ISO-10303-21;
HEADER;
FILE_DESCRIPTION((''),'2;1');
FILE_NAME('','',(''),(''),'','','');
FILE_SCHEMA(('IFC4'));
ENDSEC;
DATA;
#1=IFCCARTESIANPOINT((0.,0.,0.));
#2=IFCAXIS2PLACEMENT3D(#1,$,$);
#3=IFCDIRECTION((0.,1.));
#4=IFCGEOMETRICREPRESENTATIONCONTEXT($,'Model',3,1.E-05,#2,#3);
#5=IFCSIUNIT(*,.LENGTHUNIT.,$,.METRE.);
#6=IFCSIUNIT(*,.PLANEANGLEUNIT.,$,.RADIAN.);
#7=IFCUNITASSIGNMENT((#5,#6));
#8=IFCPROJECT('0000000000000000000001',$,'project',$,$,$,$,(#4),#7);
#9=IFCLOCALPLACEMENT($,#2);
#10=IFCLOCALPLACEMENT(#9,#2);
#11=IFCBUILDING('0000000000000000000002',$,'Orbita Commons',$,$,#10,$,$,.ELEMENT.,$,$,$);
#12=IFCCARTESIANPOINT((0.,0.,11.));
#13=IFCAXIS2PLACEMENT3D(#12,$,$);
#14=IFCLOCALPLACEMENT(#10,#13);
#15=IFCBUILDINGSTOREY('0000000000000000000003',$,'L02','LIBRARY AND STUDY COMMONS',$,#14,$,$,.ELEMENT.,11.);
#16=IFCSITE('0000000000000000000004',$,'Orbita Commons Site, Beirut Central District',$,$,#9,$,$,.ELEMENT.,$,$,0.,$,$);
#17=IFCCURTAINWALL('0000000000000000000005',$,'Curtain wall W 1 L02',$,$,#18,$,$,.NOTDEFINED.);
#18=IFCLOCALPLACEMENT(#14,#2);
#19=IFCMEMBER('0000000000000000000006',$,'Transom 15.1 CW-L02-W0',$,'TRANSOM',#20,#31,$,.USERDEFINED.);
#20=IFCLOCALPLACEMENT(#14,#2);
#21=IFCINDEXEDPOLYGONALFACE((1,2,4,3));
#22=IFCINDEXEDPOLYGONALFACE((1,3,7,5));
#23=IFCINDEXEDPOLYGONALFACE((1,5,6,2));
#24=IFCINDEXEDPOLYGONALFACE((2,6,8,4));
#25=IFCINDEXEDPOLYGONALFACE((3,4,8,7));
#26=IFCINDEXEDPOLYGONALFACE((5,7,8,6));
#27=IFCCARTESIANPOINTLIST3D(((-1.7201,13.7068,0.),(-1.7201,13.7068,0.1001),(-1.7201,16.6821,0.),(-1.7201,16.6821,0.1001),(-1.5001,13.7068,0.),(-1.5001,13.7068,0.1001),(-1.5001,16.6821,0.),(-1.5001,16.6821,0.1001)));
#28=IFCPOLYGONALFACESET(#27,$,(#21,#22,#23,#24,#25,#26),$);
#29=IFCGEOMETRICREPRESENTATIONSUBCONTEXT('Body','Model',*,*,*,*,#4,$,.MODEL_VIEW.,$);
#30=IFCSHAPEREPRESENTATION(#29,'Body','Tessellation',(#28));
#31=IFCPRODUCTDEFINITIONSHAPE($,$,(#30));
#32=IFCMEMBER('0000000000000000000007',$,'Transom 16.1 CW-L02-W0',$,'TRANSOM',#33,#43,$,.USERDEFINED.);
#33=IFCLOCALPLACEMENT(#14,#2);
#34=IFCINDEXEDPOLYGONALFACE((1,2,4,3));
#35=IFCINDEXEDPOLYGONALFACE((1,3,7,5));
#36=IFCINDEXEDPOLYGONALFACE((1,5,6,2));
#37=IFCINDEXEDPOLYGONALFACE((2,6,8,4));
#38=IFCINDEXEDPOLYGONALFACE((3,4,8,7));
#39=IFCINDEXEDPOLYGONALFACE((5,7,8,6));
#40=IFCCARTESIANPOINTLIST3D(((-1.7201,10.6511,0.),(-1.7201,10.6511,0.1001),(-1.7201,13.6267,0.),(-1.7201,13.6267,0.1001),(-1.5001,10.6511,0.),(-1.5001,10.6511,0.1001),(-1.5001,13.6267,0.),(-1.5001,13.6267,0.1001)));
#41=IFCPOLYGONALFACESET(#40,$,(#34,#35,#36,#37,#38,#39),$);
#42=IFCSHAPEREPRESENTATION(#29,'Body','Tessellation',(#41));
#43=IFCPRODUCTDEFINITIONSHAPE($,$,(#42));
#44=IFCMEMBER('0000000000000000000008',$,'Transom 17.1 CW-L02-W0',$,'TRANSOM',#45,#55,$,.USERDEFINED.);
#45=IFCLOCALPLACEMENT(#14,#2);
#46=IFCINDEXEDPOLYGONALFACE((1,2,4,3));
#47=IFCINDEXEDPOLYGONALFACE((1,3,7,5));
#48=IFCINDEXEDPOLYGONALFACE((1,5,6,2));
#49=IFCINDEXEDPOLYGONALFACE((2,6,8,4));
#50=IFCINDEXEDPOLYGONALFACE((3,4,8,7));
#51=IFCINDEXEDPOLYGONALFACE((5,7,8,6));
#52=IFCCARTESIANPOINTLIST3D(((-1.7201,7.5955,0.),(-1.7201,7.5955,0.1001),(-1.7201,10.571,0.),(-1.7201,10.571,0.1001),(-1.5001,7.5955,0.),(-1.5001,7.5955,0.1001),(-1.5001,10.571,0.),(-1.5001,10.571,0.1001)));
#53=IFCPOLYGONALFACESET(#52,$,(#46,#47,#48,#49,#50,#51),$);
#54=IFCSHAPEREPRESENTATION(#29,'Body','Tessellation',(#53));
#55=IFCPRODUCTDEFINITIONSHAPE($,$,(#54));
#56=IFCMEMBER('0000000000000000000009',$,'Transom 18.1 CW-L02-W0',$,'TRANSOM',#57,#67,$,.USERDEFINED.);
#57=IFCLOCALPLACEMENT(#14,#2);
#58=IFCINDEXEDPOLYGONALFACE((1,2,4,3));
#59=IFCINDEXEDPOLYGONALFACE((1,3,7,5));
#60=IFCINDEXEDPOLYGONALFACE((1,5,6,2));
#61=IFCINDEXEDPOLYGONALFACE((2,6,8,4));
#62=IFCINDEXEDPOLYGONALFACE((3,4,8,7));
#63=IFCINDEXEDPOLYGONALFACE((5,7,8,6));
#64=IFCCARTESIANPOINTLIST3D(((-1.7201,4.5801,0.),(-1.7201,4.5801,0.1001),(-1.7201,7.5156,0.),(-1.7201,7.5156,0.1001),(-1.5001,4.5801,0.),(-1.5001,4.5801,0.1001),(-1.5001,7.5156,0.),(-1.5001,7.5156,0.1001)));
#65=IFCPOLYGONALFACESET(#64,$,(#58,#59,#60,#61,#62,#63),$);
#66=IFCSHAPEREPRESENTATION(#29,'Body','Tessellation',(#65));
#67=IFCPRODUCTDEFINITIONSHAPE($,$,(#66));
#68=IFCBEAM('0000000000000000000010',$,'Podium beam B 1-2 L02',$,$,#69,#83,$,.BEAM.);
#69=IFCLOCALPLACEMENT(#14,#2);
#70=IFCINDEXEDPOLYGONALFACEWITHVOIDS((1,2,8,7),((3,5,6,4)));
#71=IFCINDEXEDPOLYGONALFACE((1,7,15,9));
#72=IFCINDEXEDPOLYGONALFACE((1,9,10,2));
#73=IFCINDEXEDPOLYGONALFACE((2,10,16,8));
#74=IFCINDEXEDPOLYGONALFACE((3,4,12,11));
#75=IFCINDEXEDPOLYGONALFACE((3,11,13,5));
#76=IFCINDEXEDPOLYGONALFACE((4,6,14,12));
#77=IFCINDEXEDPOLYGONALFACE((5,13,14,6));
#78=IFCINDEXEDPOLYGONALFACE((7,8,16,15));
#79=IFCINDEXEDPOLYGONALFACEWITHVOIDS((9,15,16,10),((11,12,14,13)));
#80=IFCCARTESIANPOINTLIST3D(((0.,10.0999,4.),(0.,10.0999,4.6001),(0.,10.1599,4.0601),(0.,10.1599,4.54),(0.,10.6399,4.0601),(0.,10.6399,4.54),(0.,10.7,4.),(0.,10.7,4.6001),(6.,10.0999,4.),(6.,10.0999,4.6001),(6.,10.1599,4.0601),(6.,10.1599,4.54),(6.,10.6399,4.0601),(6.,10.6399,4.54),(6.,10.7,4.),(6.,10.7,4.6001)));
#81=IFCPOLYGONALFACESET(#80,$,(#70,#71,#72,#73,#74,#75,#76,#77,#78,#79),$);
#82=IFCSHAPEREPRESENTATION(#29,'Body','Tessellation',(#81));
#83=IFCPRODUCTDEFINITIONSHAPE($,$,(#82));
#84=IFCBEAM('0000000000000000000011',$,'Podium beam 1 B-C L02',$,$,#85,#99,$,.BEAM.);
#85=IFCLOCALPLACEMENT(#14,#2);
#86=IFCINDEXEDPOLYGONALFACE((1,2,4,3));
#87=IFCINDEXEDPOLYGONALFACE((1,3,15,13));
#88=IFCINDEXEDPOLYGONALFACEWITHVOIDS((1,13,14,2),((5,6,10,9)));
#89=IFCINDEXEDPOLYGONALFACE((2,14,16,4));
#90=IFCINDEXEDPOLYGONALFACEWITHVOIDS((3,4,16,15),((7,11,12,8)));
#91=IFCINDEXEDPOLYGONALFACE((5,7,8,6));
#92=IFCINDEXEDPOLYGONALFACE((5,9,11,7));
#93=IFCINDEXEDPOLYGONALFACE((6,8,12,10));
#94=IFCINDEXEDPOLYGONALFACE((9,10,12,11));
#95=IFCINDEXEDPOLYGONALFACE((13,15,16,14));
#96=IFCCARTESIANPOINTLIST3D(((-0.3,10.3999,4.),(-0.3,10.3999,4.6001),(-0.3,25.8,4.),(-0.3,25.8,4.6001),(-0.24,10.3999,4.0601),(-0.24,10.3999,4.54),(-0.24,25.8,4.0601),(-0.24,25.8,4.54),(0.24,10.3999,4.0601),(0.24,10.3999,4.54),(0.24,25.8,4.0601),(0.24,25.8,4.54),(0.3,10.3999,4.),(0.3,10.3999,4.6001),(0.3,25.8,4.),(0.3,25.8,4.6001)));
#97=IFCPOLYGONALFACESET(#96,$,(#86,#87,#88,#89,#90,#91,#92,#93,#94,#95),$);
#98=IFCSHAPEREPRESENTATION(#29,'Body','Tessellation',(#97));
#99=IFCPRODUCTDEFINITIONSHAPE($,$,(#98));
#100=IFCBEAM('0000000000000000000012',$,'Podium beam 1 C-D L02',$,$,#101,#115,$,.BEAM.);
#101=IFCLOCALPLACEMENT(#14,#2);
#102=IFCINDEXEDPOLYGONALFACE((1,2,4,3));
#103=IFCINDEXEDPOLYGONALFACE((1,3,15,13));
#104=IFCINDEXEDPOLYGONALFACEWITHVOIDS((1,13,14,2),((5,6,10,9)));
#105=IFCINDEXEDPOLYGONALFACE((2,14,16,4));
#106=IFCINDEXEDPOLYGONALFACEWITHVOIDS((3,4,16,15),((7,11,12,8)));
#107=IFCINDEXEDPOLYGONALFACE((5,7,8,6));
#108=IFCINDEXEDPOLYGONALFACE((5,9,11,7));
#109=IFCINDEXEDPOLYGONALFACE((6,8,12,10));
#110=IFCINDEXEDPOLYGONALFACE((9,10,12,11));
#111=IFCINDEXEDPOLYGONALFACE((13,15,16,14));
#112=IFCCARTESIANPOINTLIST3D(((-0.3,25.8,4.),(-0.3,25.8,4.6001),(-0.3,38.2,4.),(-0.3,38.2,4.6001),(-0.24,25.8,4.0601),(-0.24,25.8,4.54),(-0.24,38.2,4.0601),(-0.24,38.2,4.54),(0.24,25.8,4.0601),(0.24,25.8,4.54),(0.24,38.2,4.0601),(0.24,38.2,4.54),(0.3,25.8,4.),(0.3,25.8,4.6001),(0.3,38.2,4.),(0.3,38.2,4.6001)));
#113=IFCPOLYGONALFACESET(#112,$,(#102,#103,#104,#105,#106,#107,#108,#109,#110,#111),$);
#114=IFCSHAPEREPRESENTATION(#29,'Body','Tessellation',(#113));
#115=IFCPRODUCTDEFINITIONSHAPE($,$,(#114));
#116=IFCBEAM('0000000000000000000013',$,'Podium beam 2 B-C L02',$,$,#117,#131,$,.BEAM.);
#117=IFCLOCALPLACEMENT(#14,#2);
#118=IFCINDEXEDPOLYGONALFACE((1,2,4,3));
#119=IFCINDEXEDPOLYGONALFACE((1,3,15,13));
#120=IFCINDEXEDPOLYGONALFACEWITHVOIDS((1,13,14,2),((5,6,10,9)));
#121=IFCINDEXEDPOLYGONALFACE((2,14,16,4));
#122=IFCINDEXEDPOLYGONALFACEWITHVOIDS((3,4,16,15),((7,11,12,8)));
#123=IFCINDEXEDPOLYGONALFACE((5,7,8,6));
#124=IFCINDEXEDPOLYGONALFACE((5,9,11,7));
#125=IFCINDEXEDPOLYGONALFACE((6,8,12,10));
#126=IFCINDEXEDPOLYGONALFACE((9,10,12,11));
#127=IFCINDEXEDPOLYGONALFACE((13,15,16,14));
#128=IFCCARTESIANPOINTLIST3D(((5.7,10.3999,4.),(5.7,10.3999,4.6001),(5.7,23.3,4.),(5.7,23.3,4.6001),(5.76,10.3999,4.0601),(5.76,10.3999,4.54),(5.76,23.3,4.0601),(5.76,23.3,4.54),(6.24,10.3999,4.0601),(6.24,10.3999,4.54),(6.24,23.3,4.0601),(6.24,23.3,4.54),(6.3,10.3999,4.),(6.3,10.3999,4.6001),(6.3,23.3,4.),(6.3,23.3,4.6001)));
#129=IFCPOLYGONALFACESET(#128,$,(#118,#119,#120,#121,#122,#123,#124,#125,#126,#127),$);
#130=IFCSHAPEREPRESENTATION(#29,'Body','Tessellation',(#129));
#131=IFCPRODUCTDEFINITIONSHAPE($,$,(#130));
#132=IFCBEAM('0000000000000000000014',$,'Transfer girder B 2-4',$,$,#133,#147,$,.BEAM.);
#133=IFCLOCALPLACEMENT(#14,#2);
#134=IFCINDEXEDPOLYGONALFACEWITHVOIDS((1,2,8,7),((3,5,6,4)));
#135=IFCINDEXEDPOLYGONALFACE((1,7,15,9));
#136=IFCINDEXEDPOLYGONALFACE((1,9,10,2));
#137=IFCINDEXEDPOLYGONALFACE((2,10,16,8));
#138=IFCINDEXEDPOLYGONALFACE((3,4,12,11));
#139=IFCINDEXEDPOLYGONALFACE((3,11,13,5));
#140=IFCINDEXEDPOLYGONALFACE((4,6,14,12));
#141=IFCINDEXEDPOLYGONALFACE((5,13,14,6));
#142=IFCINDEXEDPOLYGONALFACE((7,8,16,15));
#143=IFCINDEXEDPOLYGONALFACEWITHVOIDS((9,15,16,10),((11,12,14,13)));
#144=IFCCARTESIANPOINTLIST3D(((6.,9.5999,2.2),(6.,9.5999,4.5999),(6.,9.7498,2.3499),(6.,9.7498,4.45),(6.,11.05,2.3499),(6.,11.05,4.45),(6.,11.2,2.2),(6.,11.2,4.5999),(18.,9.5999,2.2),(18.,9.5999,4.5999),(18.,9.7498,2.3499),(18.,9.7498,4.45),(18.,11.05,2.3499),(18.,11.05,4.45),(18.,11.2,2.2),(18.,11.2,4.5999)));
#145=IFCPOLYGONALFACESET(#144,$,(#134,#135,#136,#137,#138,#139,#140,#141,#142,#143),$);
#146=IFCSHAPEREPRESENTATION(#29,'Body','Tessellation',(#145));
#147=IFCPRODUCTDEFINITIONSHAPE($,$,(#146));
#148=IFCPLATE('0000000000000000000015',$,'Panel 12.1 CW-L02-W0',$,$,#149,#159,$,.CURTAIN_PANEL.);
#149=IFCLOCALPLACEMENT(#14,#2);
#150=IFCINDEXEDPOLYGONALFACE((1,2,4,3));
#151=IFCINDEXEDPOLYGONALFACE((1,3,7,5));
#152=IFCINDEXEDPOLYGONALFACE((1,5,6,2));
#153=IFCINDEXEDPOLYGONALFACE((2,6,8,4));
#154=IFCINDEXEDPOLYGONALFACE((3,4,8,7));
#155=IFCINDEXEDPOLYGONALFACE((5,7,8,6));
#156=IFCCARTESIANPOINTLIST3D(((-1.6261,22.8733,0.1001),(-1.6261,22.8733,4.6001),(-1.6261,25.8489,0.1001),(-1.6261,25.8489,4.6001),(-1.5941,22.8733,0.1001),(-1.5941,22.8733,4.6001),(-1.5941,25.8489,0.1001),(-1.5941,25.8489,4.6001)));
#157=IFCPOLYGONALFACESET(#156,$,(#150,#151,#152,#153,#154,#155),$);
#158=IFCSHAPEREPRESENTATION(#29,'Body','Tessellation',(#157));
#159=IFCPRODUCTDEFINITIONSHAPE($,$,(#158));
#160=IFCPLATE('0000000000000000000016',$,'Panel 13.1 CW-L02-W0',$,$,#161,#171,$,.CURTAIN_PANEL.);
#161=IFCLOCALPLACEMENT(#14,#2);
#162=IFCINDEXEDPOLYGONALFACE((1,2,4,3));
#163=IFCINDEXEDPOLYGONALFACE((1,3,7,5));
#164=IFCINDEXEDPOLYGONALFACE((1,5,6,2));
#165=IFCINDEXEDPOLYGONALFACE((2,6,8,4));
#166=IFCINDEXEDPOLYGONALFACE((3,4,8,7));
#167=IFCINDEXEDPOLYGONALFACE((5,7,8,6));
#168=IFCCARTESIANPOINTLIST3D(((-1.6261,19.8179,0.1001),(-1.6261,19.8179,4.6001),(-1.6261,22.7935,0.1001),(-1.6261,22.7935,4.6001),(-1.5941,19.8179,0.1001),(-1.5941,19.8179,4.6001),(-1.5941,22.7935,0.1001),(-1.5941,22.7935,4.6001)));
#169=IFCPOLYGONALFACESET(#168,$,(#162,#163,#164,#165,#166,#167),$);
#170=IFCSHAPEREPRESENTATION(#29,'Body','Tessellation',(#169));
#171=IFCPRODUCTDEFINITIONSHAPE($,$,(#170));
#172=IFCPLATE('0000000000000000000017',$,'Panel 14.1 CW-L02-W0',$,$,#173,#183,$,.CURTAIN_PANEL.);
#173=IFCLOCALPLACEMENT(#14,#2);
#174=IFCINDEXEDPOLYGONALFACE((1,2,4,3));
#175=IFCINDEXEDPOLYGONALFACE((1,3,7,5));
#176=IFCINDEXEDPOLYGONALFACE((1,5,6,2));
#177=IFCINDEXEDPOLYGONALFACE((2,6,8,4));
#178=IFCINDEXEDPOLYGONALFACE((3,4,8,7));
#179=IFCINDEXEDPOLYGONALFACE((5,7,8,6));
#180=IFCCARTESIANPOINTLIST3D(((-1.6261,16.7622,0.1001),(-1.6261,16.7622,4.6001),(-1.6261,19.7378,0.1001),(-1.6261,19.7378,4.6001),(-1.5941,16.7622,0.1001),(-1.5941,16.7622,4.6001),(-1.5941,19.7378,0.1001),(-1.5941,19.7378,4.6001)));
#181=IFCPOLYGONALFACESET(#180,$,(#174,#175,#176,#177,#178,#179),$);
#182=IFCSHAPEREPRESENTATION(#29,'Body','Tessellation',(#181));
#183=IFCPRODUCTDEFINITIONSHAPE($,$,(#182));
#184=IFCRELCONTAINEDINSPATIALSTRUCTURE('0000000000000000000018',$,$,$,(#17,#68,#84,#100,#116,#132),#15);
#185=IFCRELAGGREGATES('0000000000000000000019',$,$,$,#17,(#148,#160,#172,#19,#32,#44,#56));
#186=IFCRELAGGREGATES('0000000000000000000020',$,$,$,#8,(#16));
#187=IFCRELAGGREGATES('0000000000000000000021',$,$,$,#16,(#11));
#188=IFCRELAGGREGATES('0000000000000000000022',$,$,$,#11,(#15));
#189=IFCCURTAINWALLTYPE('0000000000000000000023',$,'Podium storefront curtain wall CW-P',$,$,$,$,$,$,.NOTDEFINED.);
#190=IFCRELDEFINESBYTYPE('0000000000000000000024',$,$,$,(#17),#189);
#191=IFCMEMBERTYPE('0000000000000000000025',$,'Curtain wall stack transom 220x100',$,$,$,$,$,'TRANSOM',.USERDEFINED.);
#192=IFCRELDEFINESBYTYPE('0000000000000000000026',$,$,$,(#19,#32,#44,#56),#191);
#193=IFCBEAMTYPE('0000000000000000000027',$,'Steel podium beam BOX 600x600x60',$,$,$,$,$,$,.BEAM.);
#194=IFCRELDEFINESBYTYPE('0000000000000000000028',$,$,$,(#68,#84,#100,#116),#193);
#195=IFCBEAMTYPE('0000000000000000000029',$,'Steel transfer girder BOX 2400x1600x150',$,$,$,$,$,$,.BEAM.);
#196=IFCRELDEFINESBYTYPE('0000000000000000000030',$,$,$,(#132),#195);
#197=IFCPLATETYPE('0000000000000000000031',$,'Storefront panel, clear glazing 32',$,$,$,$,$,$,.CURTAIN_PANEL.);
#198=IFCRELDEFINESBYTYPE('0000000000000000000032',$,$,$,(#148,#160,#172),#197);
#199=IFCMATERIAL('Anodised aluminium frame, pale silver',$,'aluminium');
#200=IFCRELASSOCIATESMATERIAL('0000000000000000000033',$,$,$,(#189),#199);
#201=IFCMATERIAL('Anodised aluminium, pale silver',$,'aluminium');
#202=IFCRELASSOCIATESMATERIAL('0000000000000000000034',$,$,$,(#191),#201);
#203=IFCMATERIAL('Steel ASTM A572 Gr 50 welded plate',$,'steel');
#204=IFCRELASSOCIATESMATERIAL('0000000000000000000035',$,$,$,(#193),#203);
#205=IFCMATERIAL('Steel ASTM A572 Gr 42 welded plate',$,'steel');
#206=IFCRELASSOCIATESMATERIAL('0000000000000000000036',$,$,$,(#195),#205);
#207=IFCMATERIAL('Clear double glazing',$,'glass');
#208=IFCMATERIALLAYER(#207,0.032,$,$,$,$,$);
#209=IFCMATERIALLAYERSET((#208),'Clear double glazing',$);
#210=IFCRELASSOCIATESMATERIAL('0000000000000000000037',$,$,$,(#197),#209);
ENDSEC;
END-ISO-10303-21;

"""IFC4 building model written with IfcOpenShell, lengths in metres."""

from ifc_helpers import new_model, si_unit, direction, frame, origin, origin_2d, place, context, subcontext, project, spatial, rectangle, hollow_rectangle, extrude, material, layer, layer_set, material_profile, profile_set, type_object, element, aggregate, save


model = new_model("IFC4")

# Units and contexts
model_context = context("Model", 3, precision=1e-05, world=origin(), true_north=direction((0.0, 1.0)))
body_context = subcontext(model_context, "Body", "Model", "MODEL_VIEW")
ifc_project = project(units=[si_unit("LENGTHUNIT", "METRE"), si_unit("PLANEANGLEUNIT", "RADIAN")], contexts=[model_context])

# Site, building, storey
site_placement = place(None, origin())
site = spatial("IfcSite", under=ifc_project, at=site_placement, Name="Orbita Commons Site, Beirut Central District", CompositionType="ELEMENT", RefElevation=0.0)
building_placement = place(site_placement, origin())
building = spatial("IfcBuilding", under=site, at=building_placement, Name="Orbita Commons", CompositionType="ELEMENT")
storey_placement = place(building_placement, frame((0.0, 0.0, 11.0)))
storey = spatial("IfcBuildingStorey", under=building, at=storey_placement, Name="L02", Description="LIBRARY AND STUDY COMMONS", CompositionType="ELEMENT", Elevation=11.0)

# Curtain wall, members
ifc_material_1 = material(Name="Anodised aluminium frame, pale silver", Category="aluminium")
curtain_wall_type = type_object("IfcCurtainWallType", Name="Podium storefront curtain wall CW-P", PredefinedType="NOTDEFINED", material=ifc_material_1)
curtain_wall_placement = place(storey_placement, origin())
curtain_wall = element("IfcCurtainWall", 1, at=curtain_wall_placement, inside=storey, type_object=curtain_wall_type, Name="Curtain wall W 1 L02", PredefinedType="NOTDEFINED")
ifc_material_2 = material(Name="Anodised aluminium, pale silver", Category="aluminium")
ifc_material_profile_1 = material_profile(ifc_material_2, rectangle(XDim=0.22, YDim=0.1001, at=origin_2d()), Name="AL 220x100")
ifc_profile_set_1 = profile_set([ifc_material_profile_1], Name="Anodised aluminium, pale silver")
member_type_1 = type_object("IfcMemberType", Name="Curtain wall stack transom 220x100", ElementType="TRANSOM", PredefinedType="USERDEFINED", material=ifc_profile_set_1)
member_1_placement = place(storey_placement, frame((-1.6101, 16.6821, 0.05), z_axis=(0.0, -1.0, 0.0), x_axis=(1.0, 0.0, 0.0)))
member_1 = element("IfcMember", 2, at=member_1_placement, type_object=member_type_1, Name="Transom 15.1 CW-L02-W0", ObjectType="TRANSOM", PredefinedType="USERDEFINED", context=body_context, shape_type="SweptSolid", body=[
    extrude(rectangle(XDim=0.22, YDim=0.1001, at=origin_2d()), origin(), (0.0, 0.0, 1.0), 2.9753),
])
member_2_placement = place(storey_placement, frame((-1.6101, 13.6267, 0.05), z_axis=(0.0, -1.0, 0.0), x_axis=(1.0, 0.0, 0.0)))
member_2 = element("IfcMember", 3, at=member_2_placement, type_object=member_type_1, Name="Transom 16.1 CW-L02-W0", ObjectType="TRANSOM", PredefinedType="USERDEFINED", context=body_context, shape_type="SweptSolid", body=[
    extrude(rectangle(XDim=0.22, YDim=0.1001, at=origin_2d()), origin(), (0.0, 0.0, 1.0), 2.9756),
])
member_3_placement = place(storey_placement, frame((-1.6101, 10.571, 0.05), z_axis=(0.0, -1.0, 0.0), x_axis=(1.0, 0.0, 0.0)))
member_3 = element("IfcMember", 4, at=member_3_placement, type_object=member_type_1, Name="Transom 17.1 CW-L02-W0", ObjectType="TRANSOM", PredefinedType="USERDEFINED", context=body_context, shape_type="SweptSolid", body=[
    extrude(rectangle(XDim=0.22, YDim=0.1001, at=origin_2d()), origin(), (0.0, 0.0, 1.0), 2.9756),
])
member_4_placement = place(storey_placement, frame((-1.6101, 7.5156, 0.05), z_axis=(0.0, -1.0, 0.0), x_axis=(1.0, 0.0, 0.0)))
member_4 = element("IfcMember", 5, at=member_4_placement, type_object=member_type_1, Name="Transom 18.1 CW-L02-W0", ObjectType="TRANSOM", PredefinedType="USERDEFINED", context=body_context, shape_type="SweptSolid", body=[
    extrude(rectangle(XDim=0.22, YDim=0.1001, at=origin_2d()), origin(), (0.0, 0.0, 1.0), 2.9355),
])

# Beams
ifc_material_3 = material(Name="Steel ASTM A572 Gr 50 welded plate", Category="steel")
ifc_material_profile_2 = material_profile(ifc_material_3, hollow_rectangle(XDim=0.6001, YDim=0.6001, WallThickness=0.0601, at=origin_2d()), Name="BOX 600x600x60")
ifc_profile_set_2 = profile_set([ifc_material_profile_2], Name="Steel ASTM A572 Gr 50 welded plate")
beam_type_1 = type_object("IfcBeamType", Name="Steel podium beam BOX 600x600x60", PredefinedType="BEAM", material=ifc_profile_set_2)
beam_1_placement = place(storey_placement, frame((0.0, 10.3999, 4.3), z_axis=(1.0, 0.0, 0.0), x_axis=(0.0, 1.0, 0.0)))
element("IfcBeam", 6, at=beam_1_placement, inside=storey, type_object=beam_type_1, Name="Podium beam B 1-2 L02", PredefinedType="BEAM", context=body_context, shape_type="SweptSolid", body=[
    extrude(hollow_rectangle(XDim=0.6001, YDim=0.6001, WallThickness=0.0601, at=origin_2d()), origin(), (0.0, 0.0, 1.0), 6.0),
])
beam_2_placement = place(storey_placement, frame((0.0, 10.3999, 4.3), z_axis=(0.0, 1.0, 0.0), x_axis=(-1.0, 0.0, 0.0)))
element("IfcBeam", 7, at=beam_2_placement, inside=storey, type_object=beam_type_1, Name="Podium beam 1 B-C L02", PredefinedType="BEAM", context=body_context, shape_type="SweptSolid", body=[
    extrude(hollow_rectangle(XDim=0.6001, YDim=0.6001, WallThickness=0.0601, at=origin_2d()), origin(), (0.0, 0.0, 1.0), 15.4001),
])
beam_3_placement = place(storey_placement, frame((0.0, 25.8, 4.3), z_axis=(0.0, 1.0, 0.0), x_axis=(-1.0, 0.0, 0.0)))
element("IfcBeam", 8, at=beam_3_placement, inside=storey, type_object=beam_type_1, Name="Podium beam 1 C-D L02", PredefinedType="BEAM", context=body_context, shape_type="SweptSolid", body=[
    extrude(hollow_rectangle(XDim=0.6001, YDim=0.6001, WallThickness=0.0601, at=origin_2d()), origin(), (0.0, 0.0, 1.0), 12.3999),
])
beam_4_placement = place(storey_placement, frame((6.0, 10.3999, 4.3), z_axis=(0.0, 1.0, 0.0), x_axis=(-1.0, 0.0, 0.0)))
element("IfcBeam", 9, at=beam_4_placement, inside=storey, type_object=beam_type_1, Name="Podium beam 2 B-C L02", PredefinedType="BEAM", context=body_context, shape_type="SweptSolid", body=[
    extrude(hollow_rectangle(XDim=0.6001, YDim=0.6001, WallThickness=0.0601, at=origin_2d()), origin(), (0.0, 0.0, 1.0), 12.9001),
])
ifc_material_4 = material(Name="Steel ASTM A572 Gr 42 welded plate", Category="steel")
ifc_material_profile_3 = material_profile(ifc_material_4, hollow_rectangle(XDim=1.6001, YDim=2.3999, WallThickness=0.1499, at=origin_2d()), Name="BOX 2400x1600x150")
ifc_profile_set_3 = profile_set([ifc_material_profile_3], Name="Steel ASTM A572 Gr 42 welded plate")
beam_type_2 = type_object("IfcBeamType", Name="Steel transfer girder BOX 2400x1600x150", PredefinedType="BEAM", material=ifc_profile_set_3)
beam_5_placement = place(storey_placement, frame((6.0, 10.3999, 3.3999), z_axis=(1.0, 0.0, 0.0), x_axis=(0.0, 1.0, 0.0)))
element("IfcBeam", 10, at=beam_5_placement, inside=storey, type_object=beam_type_2, Name="Transfer girder B 2-4", PredefinedType="BEAM", context=body_context, shape_type="SweptSolid", body=[
    extrude(hollow_rectangle(XDim=1.6001, YDim=2.3999, WallThickness=0.1499, at=origin_2d()), origin(), (0.0, 0.0, 1.0), 12.0),
])

# Plates
ifc_material_5 = material(Name="Clear double glazing", Category="glass")
ifc_layer_1 = layer(ifc_material_5, 0.032)
ifc_layer_set_1 = layer_set([ifc_layer_1], Name="Clear double glazing")
plate_type = type_object("IfcPlateType", Name="Storefront panel, clear glazing 32", PredefinedType="CURTAIN_PANEL", material=ifc_layer_set_1)
plate_1_placement = place(storey_placement, frame((-1.6101, 24.3611, 0.1001), z_axis=(0.0, 0.0, 1.0), x_axis=(0.0, -1.0, 0.0)))
plate_1 = element("IfcPlate", 11, at=plate_1_placement, type_object=plate_type, Name="Panel 12.1 CW-L02-W0", PredefinedType="CURTAIN_PANEL", context=body_context, shape_type="SweptSolid", body=[
    extrude(rectangle(XDim=2.9756, YDim=0.032, at=origin_2d()), origin(), (0.0, 0.0, 1.0), 4.5),
])
plate_2_placement = place(storey_placement, frame((-1.6101, 21.3057, 0.1001), z_axis=(0.0, 0.0, 1.0), x_axis=(0.0, -1.0, 0.0)))
plate_2 = element("IfcPlate", 12, at=plate_2_placement, type_object=plate_type, Name="Panel 13.1 CW-L02-W0", PredefinedType="CURTAIN_PANEL", context=body_context, shape_type="SweptSolid", body=[
    extrude(rectangle(XDim=2.9756, YDim=0.032, at=origin_2d()), origin(), (0.0, 0.0, 1.0), 4.5),
])
plate_3_placement = place(storey_placement, frame((-1.6101, 18.25, 0.1001), z_axis=(0.0, 0.0, 1.0), x_axis=(0.0, -1.0, 0.0)))
plate_3 = element("IfcPlate", 13, at=plate_3_placement, type_object=plate_type, Name="Panel 14.1 CW-L02-W0", PredefinedType="CURTAIN_PANEL", context=body_context, shape_type="SweptSolid", body=[
    extrude(rectangle(XDim=2.9756, YDim=0.032, at=origin_2d()), origin(), (0.0, 0.0, 1.0), 4.5),
])
aggregate(curtain_wall, [plate_1, plate_2, plate_3, member_1, member_2, member_3, member_4])

save(model, "model.ifc")
